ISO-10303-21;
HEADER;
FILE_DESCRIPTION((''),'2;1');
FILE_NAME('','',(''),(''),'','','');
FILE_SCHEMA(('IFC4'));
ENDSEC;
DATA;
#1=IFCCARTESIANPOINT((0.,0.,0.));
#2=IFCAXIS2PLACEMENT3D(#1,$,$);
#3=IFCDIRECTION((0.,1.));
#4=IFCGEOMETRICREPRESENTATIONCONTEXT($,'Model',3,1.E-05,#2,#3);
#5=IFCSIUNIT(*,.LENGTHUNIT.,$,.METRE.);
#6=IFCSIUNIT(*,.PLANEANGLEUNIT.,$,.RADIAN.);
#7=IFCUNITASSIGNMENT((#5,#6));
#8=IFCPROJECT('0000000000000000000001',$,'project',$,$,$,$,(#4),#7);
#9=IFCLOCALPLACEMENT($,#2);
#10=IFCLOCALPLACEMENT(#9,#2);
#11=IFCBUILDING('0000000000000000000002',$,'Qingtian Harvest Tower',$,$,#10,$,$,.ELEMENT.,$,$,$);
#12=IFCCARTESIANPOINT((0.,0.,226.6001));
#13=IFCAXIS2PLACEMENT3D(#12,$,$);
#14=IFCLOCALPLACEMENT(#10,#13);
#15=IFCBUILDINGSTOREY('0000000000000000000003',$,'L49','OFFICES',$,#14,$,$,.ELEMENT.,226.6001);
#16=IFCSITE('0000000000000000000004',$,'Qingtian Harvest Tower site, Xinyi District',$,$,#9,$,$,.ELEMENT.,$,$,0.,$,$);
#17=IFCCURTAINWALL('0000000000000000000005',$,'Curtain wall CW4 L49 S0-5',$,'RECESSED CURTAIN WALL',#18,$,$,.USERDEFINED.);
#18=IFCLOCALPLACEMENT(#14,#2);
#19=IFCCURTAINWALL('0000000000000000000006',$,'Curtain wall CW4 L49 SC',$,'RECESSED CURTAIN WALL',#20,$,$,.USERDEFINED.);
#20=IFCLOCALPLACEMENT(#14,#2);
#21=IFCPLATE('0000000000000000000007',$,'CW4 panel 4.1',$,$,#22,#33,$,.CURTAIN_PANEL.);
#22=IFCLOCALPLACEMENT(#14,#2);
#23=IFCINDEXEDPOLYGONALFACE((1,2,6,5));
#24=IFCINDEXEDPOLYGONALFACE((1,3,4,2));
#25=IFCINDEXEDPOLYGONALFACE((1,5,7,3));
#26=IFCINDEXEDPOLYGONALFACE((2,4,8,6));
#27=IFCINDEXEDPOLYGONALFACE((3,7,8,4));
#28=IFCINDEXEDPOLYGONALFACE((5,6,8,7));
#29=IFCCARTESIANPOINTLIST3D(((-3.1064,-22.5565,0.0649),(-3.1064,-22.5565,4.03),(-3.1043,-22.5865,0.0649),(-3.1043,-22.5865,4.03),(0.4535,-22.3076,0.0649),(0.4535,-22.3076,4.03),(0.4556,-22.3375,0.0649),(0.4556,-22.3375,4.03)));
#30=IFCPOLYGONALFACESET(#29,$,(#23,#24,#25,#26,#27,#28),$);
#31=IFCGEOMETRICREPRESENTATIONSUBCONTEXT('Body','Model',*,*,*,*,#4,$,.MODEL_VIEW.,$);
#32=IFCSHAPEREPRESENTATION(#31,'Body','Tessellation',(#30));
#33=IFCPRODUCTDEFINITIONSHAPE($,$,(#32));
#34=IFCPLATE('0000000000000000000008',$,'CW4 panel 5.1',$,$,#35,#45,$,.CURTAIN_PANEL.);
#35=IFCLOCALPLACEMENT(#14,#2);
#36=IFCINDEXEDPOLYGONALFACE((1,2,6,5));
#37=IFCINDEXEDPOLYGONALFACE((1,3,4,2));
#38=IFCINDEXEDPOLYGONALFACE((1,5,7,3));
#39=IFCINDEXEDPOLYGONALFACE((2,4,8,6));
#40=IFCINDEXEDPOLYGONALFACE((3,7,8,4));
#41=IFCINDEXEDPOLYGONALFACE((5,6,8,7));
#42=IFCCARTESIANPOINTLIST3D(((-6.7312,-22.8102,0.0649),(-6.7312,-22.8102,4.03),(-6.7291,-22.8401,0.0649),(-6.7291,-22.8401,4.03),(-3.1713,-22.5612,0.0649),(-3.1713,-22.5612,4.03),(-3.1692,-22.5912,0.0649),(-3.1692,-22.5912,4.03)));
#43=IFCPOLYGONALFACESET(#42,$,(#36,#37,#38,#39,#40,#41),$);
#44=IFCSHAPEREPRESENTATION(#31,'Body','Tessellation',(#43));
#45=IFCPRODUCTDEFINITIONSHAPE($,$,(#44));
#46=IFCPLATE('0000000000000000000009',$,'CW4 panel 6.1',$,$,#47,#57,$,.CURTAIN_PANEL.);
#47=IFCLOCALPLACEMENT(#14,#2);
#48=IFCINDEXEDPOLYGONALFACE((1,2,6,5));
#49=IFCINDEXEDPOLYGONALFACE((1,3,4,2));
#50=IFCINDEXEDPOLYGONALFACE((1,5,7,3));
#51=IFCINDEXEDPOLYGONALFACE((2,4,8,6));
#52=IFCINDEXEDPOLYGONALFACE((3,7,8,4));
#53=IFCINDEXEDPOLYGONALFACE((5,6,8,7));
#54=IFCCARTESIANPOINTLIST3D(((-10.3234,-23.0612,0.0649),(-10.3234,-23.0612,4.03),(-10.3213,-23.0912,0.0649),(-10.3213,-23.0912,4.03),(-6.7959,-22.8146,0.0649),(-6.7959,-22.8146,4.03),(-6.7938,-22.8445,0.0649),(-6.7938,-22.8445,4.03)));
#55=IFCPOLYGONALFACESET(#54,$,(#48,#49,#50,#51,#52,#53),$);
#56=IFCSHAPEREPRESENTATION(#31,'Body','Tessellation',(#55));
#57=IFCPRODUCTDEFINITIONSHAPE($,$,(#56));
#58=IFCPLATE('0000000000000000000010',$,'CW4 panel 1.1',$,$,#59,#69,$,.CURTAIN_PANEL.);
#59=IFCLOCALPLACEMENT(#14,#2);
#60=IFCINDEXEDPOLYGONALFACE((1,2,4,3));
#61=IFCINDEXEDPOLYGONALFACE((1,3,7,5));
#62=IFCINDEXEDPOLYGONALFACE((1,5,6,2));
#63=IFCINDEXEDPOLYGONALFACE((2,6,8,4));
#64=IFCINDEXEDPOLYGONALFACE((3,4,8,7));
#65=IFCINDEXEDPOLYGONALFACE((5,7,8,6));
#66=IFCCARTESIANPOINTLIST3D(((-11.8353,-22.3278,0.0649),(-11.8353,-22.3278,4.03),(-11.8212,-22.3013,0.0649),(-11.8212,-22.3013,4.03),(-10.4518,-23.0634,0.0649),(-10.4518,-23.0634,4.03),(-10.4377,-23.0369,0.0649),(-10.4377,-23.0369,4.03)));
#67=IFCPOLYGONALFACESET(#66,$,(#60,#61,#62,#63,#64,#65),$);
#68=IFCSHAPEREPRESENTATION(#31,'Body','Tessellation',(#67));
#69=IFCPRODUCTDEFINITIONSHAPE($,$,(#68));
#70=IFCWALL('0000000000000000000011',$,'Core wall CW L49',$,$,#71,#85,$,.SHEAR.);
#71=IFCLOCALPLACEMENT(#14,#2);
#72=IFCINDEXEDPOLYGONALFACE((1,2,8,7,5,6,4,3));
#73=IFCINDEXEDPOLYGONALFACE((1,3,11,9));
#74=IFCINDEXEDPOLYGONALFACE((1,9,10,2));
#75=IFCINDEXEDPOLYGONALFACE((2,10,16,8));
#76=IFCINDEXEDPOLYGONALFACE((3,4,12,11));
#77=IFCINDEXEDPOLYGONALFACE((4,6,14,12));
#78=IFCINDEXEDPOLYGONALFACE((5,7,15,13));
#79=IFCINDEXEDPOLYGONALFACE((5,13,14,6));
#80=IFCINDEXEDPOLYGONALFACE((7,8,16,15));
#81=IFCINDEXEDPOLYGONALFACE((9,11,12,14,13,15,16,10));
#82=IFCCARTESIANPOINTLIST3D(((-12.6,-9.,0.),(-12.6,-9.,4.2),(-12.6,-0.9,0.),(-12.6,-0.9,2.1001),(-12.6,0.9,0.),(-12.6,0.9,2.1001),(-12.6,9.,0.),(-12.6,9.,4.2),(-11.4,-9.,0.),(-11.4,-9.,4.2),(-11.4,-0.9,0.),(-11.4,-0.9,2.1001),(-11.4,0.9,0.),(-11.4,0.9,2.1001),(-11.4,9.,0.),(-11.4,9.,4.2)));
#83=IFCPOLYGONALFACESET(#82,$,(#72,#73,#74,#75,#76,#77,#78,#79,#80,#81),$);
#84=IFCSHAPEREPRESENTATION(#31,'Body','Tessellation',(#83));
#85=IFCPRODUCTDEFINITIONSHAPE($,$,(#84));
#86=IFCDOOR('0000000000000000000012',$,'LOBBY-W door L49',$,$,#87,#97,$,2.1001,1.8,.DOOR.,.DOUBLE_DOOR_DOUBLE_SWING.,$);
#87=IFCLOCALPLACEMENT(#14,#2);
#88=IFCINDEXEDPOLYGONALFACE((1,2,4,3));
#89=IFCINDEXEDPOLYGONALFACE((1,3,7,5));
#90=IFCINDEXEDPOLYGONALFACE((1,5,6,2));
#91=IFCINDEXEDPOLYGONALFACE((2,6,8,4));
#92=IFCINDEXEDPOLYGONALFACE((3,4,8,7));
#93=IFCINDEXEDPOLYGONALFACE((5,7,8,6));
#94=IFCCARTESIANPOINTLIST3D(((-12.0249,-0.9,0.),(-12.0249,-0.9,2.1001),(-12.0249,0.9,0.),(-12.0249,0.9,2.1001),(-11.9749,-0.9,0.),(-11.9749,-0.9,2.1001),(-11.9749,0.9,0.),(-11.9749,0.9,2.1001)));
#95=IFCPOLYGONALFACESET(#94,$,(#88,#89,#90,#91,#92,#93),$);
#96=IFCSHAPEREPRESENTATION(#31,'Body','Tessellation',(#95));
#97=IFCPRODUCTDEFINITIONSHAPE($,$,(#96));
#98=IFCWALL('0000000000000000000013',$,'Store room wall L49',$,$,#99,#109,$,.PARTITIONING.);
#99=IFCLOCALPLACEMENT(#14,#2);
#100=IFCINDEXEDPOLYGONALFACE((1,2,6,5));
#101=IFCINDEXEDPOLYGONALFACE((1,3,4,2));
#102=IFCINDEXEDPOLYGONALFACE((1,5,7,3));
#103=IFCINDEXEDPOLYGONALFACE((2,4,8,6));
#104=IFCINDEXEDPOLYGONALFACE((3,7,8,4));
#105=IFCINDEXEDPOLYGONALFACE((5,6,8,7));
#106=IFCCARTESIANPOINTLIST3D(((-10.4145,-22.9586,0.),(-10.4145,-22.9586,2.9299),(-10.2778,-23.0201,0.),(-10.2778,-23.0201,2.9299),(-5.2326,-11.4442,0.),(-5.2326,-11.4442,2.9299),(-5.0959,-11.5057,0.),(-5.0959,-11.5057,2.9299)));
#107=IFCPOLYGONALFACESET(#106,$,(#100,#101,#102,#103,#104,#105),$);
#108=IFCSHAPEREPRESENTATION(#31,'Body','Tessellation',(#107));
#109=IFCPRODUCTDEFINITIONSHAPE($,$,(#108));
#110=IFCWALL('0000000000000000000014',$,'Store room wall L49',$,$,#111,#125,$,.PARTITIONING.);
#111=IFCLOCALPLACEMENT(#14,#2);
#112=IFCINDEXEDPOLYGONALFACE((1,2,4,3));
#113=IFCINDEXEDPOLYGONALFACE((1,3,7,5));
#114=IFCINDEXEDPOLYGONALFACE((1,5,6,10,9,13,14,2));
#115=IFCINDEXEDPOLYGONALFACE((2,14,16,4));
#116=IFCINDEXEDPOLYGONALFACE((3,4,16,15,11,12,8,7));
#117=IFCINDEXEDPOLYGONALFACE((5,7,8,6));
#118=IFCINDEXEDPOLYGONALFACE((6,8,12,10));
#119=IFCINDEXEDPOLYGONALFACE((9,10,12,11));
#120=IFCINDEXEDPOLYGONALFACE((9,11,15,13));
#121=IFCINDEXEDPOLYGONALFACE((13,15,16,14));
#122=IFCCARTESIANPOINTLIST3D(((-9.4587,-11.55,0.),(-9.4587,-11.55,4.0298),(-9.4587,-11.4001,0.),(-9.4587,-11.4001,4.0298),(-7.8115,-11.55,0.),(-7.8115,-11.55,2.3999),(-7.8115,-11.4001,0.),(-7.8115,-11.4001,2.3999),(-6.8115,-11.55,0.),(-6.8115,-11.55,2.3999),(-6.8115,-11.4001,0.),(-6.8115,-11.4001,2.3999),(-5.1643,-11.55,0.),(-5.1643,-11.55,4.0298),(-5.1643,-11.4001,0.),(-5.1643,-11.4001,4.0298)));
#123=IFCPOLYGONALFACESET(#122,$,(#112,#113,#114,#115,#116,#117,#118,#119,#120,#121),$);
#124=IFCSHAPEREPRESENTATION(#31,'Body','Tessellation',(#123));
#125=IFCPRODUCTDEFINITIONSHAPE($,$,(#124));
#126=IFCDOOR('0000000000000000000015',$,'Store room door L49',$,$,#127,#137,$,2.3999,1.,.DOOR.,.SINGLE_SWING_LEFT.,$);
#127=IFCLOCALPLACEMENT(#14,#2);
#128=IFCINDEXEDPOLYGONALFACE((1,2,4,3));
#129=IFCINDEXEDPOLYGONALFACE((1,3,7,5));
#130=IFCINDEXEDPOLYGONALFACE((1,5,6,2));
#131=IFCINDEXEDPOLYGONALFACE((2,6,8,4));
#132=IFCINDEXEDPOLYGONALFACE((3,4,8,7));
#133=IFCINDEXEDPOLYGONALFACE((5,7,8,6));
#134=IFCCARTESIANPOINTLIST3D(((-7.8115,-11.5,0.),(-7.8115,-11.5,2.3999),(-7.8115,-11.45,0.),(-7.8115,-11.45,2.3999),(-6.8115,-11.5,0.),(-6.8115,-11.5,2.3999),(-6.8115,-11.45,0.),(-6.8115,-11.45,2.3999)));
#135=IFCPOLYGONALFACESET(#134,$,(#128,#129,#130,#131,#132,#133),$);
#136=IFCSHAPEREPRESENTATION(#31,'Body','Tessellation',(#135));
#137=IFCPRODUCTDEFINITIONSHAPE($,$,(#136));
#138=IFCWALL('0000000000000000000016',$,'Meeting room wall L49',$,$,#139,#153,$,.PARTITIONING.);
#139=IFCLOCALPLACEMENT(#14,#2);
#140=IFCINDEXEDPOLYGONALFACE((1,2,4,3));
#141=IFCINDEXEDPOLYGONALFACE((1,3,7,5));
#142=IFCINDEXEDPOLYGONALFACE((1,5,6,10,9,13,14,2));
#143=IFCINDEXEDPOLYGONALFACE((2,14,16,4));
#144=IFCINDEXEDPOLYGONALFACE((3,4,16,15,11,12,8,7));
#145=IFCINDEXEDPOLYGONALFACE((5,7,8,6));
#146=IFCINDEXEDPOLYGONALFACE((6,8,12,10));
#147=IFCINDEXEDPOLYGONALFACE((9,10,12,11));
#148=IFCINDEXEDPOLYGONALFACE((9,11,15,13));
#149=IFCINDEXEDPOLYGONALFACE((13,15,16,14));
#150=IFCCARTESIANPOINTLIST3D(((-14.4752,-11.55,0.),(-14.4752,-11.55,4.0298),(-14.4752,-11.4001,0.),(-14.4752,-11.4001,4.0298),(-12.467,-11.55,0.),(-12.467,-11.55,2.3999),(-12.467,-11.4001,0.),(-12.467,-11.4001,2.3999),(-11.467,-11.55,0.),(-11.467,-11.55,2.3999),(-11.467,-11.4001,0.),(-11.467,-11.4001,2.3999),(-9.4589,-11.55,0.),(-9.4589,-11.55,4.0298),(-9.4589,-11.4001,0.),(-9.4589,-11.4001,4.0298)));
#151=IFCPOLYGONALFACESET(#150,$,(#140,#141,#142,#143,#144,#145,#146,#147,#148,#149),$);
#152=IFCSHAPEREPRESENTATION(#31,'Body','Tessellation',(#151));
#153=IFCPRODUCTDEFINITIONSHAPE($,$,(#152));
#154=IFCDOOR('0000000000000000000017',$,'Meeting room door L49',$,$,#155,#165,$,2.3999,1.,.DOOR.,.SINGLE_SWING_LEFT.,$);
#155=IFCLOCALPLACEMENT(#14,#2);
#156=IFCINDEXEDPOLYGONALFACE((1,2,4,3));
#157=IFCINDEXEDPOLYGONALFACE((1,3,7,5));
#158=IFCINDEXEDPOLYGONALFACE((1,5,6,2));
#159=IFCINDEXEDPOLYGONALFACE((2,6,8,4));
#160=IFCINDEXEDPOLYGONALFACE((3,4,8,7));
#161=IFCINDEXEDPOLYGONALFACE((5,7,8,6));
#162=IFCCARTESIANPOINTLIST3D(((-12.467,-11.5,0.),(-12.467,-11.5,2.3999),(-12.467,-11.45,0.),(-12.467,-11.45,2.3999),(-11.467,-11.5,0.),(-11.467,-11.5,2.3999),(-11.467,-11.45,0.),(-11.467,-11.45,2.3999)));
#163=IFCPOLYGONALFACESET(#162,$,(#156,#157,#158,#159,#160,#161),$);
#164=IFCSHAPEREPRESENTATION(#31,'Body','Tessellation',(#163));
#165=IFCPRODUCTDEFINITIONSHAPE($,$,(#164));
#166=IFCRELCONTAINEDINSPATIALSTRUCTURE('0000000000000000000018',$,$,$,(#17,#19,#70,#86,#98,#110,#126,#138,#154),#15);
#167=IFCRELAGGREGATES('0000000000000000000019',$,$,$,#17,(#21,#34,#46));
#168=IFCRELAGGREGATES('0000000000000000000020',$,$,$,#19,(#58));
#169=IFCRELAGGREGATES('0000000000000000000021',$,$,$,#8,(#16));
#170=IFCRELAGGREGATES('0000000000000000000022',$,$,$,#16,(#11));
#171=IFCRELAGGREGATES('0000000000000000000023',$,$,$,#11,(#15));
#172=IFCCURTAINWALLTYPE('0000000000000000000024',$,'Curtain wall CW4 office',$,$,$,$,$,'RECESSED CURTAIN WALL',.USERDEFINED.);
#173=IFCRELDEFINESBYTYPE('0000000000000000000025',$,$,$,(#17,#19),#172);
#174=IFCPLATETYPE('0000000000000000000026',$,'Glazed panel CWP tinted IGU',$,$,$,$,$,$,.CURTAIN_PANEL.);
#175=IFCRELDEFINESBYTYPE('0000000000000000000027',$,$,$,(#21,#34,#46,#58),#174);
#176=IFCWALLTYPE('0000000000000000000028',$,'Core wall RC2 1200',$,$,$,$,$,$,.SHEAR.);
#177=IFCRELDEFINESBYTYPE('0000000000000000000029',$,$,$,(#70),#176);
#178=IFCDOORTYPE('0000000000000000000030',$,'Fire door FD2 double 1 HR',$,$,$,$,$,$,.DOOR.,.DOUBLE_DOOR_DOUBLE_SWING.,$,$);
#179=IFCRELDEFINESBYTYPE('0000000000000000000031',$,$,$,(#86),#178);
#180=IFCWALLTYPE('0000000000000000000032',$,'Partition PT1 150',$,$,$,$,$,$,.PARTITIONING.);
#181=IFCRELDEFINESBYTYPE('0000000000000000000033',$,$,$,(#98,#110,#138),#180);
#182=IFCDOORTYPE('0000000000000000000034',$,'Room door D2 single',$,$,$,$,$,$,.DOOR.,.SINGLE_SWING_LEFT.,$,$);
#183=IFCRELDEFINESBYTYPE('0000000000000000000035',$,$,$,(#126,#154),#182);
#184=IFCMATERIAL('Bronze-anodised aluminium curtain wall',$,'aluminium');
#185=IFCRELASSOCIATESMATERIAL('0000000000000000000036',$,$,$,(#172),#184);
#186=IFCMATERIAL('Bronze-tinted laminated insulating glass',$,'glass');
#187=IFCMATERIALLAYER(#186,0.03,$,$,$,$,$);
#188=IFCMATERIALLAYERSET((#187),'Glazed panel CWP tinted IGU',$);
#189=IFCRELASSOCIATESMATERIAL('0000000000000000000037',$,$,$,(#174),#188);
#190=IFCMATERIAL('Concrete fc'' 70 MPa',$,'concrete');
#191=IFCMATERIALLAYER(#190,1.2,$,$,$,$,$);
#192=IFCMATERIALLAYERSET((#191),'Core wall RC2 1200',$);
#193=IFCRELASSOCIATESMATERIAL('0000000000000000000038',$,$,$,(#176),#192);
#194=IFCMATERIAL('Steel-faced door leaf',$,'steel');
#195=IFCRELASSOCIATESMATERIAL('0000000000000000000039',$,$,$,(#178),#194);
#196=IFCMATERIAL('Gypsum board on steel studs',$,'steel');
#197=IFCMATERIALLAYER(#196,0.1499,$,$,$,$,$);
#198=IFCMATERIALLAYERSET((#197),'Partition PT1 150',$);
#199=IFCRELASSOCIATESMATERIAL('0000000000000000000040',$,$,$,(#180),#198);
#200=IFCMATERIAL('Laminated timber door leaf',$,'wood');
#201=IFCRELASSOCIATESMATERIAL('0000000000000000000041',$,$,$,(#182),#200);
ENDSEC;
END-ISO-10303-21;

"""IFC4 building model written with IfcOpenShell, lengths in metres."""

from ifc_helpers import new_model, si_unit, direction, frame, frame_2d, origin, origin_2d, place, context, subcontext, project, spatial, rectangle, extrude, material, layer, layer_set, type_object, element, fill, aggregate, save


model = new_model("IFC4")

# Units and contexts
model_context = context("Model", 3, precision=1e-05, world=origin(), true_north=direction((0.0, 1.0)))
body_context = subcontext(model_context, "Body", "Model", "MODEL_VIEW")
ifc_project = project(units=[si_unit("LENGTHUNIT", "METRE"), si_unit("PLANEANGLEUNIT", "RADIAN")], contexts=[model_context])

# Site, building, storey
site_placement = place(None, origin())
site = spatial("IfcSite", under=ifc_project, at=site_placement, Name="Qingtian Harvest Tower site, Xinyi District", CompositionType="ELEMENT", RefElevation=0.0)
building_placement = place(site_placement, origin())
building = spatial("IfcBuilding", under=site, at=building_placement, Name="Qingtian Harvest Tower", CompositionType="ELEMENT")
storey_placement = place(building_placement, frame((0.0, 0.0, 226.6001)))
storey = spatial("IfcBuildingStorey", under=building, at=storey_placement, Name="L49", Description="OFFICES", CompositionType="ELEMENT", Elevation=226.6001)

# Curtain walls
ifc_material_1 = material(Name="Bronze-anodised aluminium curtain wall", Category="aluminium")
curtain_wall_type = type_object("IfcCurtainWallType", Name="Curtain wall CW4 office", ElementType="RECESSED CURTAIN WALL", PredefinedType="USERDEFINED", material=ifc_material_1)
curtain_wall_1_placement = place(storey_placement, origin())
curtain_wall_1 = element("IfcCurtainWall", 1, at=curtain_wall_1_placement, inside=storey, type_object=curtain_wall_type, Name="Curtain wall CW4 L49 S0-5", ObjectType="RECESSED CURTAIN WALL", PredefinedType="USERDEFINED")
curtain_wall_2_placement = place(storey_placement, origin())
curtain_wall_2 = element("IfcCurtainWall", 2, at=curtain_wall_2_placement, inside=storey, type_object=curtain_wall_type, Name="Curtain wall CW4 L49 SC", ObjectType="RECESSED CURTAIN WALL", PredefinedType="USERDEFINED")

# Plates
ifc_material_2 = material(Name="Bronze-tinted laminated insulating glass", Category="glass")
ifc_layer_1 = layer(ifc_material_2, 0.03)
ifc_layer_set_1 = layer_set([ifc_layer_1], Name="Glazed panel CWP tinted IGU")
plate_type = type_object("IfcPlateType", Name="Glazed panel CWP tinted IGU", PredefinedType="CURTAIN_PANEL", material=ifc_layer_set_1)
plate_1_placement = place(storey_placement, frame((-1.3254, -22.447, 0.0649), z_axis=(0.0, 0.0, 1.0), x_axis=(-0.997564, -0.069756, 0.0)))
plate_1 = element("IfcPlate", 3, at=plate_1_placement, type_object=plate_type, Name="CW4 panel 4.1", PredefinedType="CURTAIN_PANEL", context=body_context, shape_type="SweptSolid", body=[
    extrude(rectangle(XDim=3.5686, YDim=0.03, at=origin_2d()), origin(), (0.0, 0.0, 1.0), 3.9651),
])
plate_2_placement = place(storey_placement, frame((-4.9502, -22.7007, 0.0649), z_axis=(0.0, 0.0, 1.0), x_axis=(-0.997564, -0.069756, 0.0)))
plate_2 = element("IfcPlate", 4, at=plate_2_placement, type_object=plate_type, Name="CW4 panel 5.1", PredefinedType="CURTAIN_PANEL", context=body_context, shape_type="SweptSolid", body=[
    extrude(rectangle(XDim=3.5686, YDim=0.03, at=origin_2d()), origin(), (0.0, 0.0, 1.0), 3.9651),
])
plate_3_placement = place(storey_placement, frame((-8.5586, -22.9529, 0.0649), z_axis=(0.0, 0.0, 1.0), x_axis=(-0.997564, -0.069756, 0.0)))
plate_3 = element("IfcPlate", 5, at=plate_3_placement, type_object=plate_type, Name="CW4 panel 6.1", PredefinedType="CURTAIN_PANEL", context=body_context, shape_type="SweptSolid", body=[
    extrude(rectangle(XDim=3.5361, YDim=0.03, at=origin_2d()), origin(), (0.0, 0.0, 1.0), 3.9651),
])
aggregate(curtain_wall_1, [plate_1, plate_2, plate_3])
plate_4_placement = place(storey_placement, frame((-11.1365, -22.6824, 0.0649), z_axis=(0.0, 0.0, 1.0), x_axis=(-0.882948, 0.469472, 0.0)))
plate_4 = element("IfcPlate", 6, at=plate_4_placement, type_object=plate_type, Name="CW4 panel 1.1", PredefinedType="CURTAIN_PANEL", context=body_context, shape_type="SweptSolid", body=[
    extrude(rectangle(XDim=1.5669, YDim=0.03, at=origin_2d()), origin(), (0.0, 0.0, 1.0), 3.9651),
])
aggregate(curtain_wall_2, [plate_4])

# Wall, opening, door
ifc_material_3 = material(Name="Concrete fc' 70 MPa", Category="concrete")
ifc_layer_2 = layer(ifc_material_3, 1.2)
ifc_layer_set_2 = layer_set([ifc_layer_2], Name="Core wall RC2 1200")
wall_type_1 = type_object("IfcWallType", Name="Core wall RC2 1200", PredefinedType="SHEAR", material=ifc_layer_set_2)
wall_1_placement = place(storey_placement, frame((-12.0, -9.0, 0.0), z_axis=(0.0, 0.0, 1.0), x_axis=(0.0, 1.0, 0.0)))
wall_1 = element("IfcWall", 7, at=wall_1_placement, inside=storey, type_object=wall_type_1, Name="Core wall CW L49", PredefinedType="SHEAR", context=body_context, shape_type="SweptSolid", body=[
    extrude(rectangle(XDim=18.0, YDim=1.2, at=frame_2d((9.0, 0.0))), origin(), (0.0, 0.0, 1.0), 4.2),
])
opening_1_placement = place(wall_1_placement, frame((8.1001, 0.0, 0.0)))
opening_1 = element("IfcOpeningElement", 8, at=opening_1_placement, cuts=wall_1, PredefinedType="OPENING", context=body_context, shape_type="SweptSolid", body=[
    extrude(rectangle(XDim=1.8, YDim=2.1001, at=frame_2d((0.8999, 1.05))), frame((0.0, 0.6099, 0.0), z_axis=(0.0, -1.0, 0.0), x_axis=(1.0, 0.0, 0.0)), (0.0, 0.0, 1.0), 1.22),
])
ifc_material_4 = material(Name="Steel-faced door leaf", Category="steel")
door_type_1 = type_object("IfcDoorType", Name="Fire door FD2 double 1 HR", OperationType="DOUBLE_DOOR_DOUBLE_SWING", PredefinedType="DOOR", material=ifc_material_4)
door_1_placement = place(opening_1_placement, origin())
door_1 = element("IfcDoor", 9, at=door_1_placement, inside=storey, type_object=door_type_1, Name="LOBBY-W door L49", OperationType="DOUBLE_DOOR_DOUBLE_SWING", OverallHeight=2.1001, OverallWidth=1.8, PredefinedType="DOOR", context=body_context, shape_type="SweptSolid", body=[
    extrude(rectangle(XDim=1.8, YDim=2.1001, at=frame_2d((0.8999, 1.05))), frame((0.0, 0.0249, 0.0), z_axis=(0.0, -1.0, 0.0), x_axis=(1.0, 0.0, 0.0)), (0.0, 0.0, 1.0), 0.05),
])
fill(opening_1, door_1)

# Wall
ifc_material_5 = material(Name="Gypsum board on steel studs", Category="steel")
ifc_layer_3 = layer(ifc_material_5, 0.1499)
ifc_layer_set_3 = layer_set([ifc_layer_3], Name="Partition PT1 150")
wall_type_2 = type_object("IfcWallType", Name="Partition PT1 150", PredefinedType="PARTITIONING", material=ifc_layer_set_3)
wall_2_placement = place(storey_placement, frame((-10.3462, -22.9895, 0.0), z_axis=(0.0, 0.0, 1.0), x_axis=(0.410391, 0.91191, 0.0)))
element("IfcWall", 10, at=wall_2_placement, inside=storey, type_object=wall_type_2, Name="Store room wall L49", PredefinedType="PARTITIONING", context=body_context, shape_type="SweptSolid", body=[
    extrude(rectangle(XDim=12.6267, YDim=0.1499, at=frame_2d((6.3135, 0.0))), origin(), (0.0, 0.0, 1.0), 2.9299),
])

# Walls, openings, doors
wall_3_placement = place(storey_placement, frame((-5.1643, -11.4751, 0.0), z_axis=(0.0, 0.0, 1.0), x_axis=(-1.0, 0.0, 0.0)))
wall_3 = element("IfcWall", 11, at=wall_3_placement, inside=storey, type_object=wall_type_2, Name="Store room wall L49", PredefinedType="PARTITIONING", context=body_context, shape_type="SweptSolid", body=[
    extrude(rectangle(XDim=4.2944, YDim=0.1499, at=frame_2d((2.1472, 0.0))), origin(), (0.0, 0.0, 1.0), 4.0298),
])
opening_2_placement = place(wall_3_placement, frame((1.6472, 0.0, 0.0)))
opening_2 = element("IfcOpeningElement", 12, at=opening_2_placement, cuts=wall_3, PredefinedType="OPENING", context=body_context, shape_type="SweptSolid", body=[
    extrude(rectangle(XDim=1.0, YDim=2.3999, at=frame_2d((0.5, 1.2))), frame((0.0, 0.085, 0.0), z_axis=(0.0, -1.0, 0.0), x_axis=(1.0, 0.0, 0.0)), (0.0, 0.0, 1.0), 0.1699),
])
ifc_material_6 = material(Name="Laminated timber door leaf", Category="wood")
door_type_2 = type_object("IfcDoorType", Name="Room door D2 single", OperationType="SINGLE_SWING_LEFT", PredefinedType="DOOR", material=ifc_material_6)
door_2_placement = place(opening_2_placement, origin())
door_2 = element("IfcDoor", 13, at=door_2_placement, inside=storey, type_object=door_type_2, Name="Store room door L49", OperationType="SINGLE_SWING_LEFT", OverallHeight=2.3999, OverallWidth=1.0, PredefinedType="DOOR", context=body_context, shape_type="SweptSolid", body=[
    extrude(rectangle(XDim=1.0, YDim=2.3999, at=frame_2d((0.5, 1.2))), frame((0.0, 0.0249, 0.0), z_axis=(0.0, -1.0, 0.0), x_axis=(1.0, 0.0, 0.0)), (0.0, 0.0, 1.0), 0.05),
])
fill(opening_2, door_2)
wall_4_placement = place(storey_placement, frame((-9.4587, -11.4751, 0.0), z_axis=(0.0, 0.0, 1.0), x_axis=(-1.0, 0.0, 0.0)))
wall_4 = element("IfcWall", 14, at=wall_4_placement, inside=storey, type_object=wall_type_2, Name="Meeting room wall L49", PredefinedType="PARTITIONING", context=body_context, shape_type="SweptSolid", body=[
    extrude(rectangle(XDim=5.0164, YDim=0.1499, at=frame_2d((2.5083, 0.0))), origin(), (0.0, 0.0, 1.0), 4.0298),
])
opening_3_placement = place(wall_4_placement, frame((2.0083, 0.0, 0.0)))
opening_3 = element("IfcOpeningElement", 15, at=opening_3_placement, cuts=wall_4, PredefinedType="OPENING", context=body_context, shape_type="SweptSolid", body=[
    extrude(rectangle(XDim=1.0, YDim=2.3999, at=frame_2d((0.5, 1.2))), frame((0.0, 0.085, 0.0), z_axis=(0.0, -1.0, 0.0), x_axis=(1.0, 0.0, 0.0)), (0.0, 0.0, 1.0), 0.1699),
])
door_3_placement = place(opening_3_placement, origin())
door_3 = element("IfcDoor", 16, at=door_3_placement, inside=storey, type_object=door_type_2, Name="Meeting room door L49", OperationType="SINGLE_SWING_LEFT", OverallHeight=2.3999, OverallWidth=1.0, PredefinedType="DOOR", context=body_context, shape_type="SweptSolid", body=[
    extrude(rectangle(XDim=1.0, YDim=2.3999, at=frame_2d((0.5, 1.2))), frame((0.0, 0.0249, 0.0), z_axis=(0.0, -1.0, 0.0), x_axis=(1.0, 0.0, 0.0)), (0.0, 0.0, 1.0), 0.05),
])
fill(opening_3, door_3)

save(model, "model.ifc")
